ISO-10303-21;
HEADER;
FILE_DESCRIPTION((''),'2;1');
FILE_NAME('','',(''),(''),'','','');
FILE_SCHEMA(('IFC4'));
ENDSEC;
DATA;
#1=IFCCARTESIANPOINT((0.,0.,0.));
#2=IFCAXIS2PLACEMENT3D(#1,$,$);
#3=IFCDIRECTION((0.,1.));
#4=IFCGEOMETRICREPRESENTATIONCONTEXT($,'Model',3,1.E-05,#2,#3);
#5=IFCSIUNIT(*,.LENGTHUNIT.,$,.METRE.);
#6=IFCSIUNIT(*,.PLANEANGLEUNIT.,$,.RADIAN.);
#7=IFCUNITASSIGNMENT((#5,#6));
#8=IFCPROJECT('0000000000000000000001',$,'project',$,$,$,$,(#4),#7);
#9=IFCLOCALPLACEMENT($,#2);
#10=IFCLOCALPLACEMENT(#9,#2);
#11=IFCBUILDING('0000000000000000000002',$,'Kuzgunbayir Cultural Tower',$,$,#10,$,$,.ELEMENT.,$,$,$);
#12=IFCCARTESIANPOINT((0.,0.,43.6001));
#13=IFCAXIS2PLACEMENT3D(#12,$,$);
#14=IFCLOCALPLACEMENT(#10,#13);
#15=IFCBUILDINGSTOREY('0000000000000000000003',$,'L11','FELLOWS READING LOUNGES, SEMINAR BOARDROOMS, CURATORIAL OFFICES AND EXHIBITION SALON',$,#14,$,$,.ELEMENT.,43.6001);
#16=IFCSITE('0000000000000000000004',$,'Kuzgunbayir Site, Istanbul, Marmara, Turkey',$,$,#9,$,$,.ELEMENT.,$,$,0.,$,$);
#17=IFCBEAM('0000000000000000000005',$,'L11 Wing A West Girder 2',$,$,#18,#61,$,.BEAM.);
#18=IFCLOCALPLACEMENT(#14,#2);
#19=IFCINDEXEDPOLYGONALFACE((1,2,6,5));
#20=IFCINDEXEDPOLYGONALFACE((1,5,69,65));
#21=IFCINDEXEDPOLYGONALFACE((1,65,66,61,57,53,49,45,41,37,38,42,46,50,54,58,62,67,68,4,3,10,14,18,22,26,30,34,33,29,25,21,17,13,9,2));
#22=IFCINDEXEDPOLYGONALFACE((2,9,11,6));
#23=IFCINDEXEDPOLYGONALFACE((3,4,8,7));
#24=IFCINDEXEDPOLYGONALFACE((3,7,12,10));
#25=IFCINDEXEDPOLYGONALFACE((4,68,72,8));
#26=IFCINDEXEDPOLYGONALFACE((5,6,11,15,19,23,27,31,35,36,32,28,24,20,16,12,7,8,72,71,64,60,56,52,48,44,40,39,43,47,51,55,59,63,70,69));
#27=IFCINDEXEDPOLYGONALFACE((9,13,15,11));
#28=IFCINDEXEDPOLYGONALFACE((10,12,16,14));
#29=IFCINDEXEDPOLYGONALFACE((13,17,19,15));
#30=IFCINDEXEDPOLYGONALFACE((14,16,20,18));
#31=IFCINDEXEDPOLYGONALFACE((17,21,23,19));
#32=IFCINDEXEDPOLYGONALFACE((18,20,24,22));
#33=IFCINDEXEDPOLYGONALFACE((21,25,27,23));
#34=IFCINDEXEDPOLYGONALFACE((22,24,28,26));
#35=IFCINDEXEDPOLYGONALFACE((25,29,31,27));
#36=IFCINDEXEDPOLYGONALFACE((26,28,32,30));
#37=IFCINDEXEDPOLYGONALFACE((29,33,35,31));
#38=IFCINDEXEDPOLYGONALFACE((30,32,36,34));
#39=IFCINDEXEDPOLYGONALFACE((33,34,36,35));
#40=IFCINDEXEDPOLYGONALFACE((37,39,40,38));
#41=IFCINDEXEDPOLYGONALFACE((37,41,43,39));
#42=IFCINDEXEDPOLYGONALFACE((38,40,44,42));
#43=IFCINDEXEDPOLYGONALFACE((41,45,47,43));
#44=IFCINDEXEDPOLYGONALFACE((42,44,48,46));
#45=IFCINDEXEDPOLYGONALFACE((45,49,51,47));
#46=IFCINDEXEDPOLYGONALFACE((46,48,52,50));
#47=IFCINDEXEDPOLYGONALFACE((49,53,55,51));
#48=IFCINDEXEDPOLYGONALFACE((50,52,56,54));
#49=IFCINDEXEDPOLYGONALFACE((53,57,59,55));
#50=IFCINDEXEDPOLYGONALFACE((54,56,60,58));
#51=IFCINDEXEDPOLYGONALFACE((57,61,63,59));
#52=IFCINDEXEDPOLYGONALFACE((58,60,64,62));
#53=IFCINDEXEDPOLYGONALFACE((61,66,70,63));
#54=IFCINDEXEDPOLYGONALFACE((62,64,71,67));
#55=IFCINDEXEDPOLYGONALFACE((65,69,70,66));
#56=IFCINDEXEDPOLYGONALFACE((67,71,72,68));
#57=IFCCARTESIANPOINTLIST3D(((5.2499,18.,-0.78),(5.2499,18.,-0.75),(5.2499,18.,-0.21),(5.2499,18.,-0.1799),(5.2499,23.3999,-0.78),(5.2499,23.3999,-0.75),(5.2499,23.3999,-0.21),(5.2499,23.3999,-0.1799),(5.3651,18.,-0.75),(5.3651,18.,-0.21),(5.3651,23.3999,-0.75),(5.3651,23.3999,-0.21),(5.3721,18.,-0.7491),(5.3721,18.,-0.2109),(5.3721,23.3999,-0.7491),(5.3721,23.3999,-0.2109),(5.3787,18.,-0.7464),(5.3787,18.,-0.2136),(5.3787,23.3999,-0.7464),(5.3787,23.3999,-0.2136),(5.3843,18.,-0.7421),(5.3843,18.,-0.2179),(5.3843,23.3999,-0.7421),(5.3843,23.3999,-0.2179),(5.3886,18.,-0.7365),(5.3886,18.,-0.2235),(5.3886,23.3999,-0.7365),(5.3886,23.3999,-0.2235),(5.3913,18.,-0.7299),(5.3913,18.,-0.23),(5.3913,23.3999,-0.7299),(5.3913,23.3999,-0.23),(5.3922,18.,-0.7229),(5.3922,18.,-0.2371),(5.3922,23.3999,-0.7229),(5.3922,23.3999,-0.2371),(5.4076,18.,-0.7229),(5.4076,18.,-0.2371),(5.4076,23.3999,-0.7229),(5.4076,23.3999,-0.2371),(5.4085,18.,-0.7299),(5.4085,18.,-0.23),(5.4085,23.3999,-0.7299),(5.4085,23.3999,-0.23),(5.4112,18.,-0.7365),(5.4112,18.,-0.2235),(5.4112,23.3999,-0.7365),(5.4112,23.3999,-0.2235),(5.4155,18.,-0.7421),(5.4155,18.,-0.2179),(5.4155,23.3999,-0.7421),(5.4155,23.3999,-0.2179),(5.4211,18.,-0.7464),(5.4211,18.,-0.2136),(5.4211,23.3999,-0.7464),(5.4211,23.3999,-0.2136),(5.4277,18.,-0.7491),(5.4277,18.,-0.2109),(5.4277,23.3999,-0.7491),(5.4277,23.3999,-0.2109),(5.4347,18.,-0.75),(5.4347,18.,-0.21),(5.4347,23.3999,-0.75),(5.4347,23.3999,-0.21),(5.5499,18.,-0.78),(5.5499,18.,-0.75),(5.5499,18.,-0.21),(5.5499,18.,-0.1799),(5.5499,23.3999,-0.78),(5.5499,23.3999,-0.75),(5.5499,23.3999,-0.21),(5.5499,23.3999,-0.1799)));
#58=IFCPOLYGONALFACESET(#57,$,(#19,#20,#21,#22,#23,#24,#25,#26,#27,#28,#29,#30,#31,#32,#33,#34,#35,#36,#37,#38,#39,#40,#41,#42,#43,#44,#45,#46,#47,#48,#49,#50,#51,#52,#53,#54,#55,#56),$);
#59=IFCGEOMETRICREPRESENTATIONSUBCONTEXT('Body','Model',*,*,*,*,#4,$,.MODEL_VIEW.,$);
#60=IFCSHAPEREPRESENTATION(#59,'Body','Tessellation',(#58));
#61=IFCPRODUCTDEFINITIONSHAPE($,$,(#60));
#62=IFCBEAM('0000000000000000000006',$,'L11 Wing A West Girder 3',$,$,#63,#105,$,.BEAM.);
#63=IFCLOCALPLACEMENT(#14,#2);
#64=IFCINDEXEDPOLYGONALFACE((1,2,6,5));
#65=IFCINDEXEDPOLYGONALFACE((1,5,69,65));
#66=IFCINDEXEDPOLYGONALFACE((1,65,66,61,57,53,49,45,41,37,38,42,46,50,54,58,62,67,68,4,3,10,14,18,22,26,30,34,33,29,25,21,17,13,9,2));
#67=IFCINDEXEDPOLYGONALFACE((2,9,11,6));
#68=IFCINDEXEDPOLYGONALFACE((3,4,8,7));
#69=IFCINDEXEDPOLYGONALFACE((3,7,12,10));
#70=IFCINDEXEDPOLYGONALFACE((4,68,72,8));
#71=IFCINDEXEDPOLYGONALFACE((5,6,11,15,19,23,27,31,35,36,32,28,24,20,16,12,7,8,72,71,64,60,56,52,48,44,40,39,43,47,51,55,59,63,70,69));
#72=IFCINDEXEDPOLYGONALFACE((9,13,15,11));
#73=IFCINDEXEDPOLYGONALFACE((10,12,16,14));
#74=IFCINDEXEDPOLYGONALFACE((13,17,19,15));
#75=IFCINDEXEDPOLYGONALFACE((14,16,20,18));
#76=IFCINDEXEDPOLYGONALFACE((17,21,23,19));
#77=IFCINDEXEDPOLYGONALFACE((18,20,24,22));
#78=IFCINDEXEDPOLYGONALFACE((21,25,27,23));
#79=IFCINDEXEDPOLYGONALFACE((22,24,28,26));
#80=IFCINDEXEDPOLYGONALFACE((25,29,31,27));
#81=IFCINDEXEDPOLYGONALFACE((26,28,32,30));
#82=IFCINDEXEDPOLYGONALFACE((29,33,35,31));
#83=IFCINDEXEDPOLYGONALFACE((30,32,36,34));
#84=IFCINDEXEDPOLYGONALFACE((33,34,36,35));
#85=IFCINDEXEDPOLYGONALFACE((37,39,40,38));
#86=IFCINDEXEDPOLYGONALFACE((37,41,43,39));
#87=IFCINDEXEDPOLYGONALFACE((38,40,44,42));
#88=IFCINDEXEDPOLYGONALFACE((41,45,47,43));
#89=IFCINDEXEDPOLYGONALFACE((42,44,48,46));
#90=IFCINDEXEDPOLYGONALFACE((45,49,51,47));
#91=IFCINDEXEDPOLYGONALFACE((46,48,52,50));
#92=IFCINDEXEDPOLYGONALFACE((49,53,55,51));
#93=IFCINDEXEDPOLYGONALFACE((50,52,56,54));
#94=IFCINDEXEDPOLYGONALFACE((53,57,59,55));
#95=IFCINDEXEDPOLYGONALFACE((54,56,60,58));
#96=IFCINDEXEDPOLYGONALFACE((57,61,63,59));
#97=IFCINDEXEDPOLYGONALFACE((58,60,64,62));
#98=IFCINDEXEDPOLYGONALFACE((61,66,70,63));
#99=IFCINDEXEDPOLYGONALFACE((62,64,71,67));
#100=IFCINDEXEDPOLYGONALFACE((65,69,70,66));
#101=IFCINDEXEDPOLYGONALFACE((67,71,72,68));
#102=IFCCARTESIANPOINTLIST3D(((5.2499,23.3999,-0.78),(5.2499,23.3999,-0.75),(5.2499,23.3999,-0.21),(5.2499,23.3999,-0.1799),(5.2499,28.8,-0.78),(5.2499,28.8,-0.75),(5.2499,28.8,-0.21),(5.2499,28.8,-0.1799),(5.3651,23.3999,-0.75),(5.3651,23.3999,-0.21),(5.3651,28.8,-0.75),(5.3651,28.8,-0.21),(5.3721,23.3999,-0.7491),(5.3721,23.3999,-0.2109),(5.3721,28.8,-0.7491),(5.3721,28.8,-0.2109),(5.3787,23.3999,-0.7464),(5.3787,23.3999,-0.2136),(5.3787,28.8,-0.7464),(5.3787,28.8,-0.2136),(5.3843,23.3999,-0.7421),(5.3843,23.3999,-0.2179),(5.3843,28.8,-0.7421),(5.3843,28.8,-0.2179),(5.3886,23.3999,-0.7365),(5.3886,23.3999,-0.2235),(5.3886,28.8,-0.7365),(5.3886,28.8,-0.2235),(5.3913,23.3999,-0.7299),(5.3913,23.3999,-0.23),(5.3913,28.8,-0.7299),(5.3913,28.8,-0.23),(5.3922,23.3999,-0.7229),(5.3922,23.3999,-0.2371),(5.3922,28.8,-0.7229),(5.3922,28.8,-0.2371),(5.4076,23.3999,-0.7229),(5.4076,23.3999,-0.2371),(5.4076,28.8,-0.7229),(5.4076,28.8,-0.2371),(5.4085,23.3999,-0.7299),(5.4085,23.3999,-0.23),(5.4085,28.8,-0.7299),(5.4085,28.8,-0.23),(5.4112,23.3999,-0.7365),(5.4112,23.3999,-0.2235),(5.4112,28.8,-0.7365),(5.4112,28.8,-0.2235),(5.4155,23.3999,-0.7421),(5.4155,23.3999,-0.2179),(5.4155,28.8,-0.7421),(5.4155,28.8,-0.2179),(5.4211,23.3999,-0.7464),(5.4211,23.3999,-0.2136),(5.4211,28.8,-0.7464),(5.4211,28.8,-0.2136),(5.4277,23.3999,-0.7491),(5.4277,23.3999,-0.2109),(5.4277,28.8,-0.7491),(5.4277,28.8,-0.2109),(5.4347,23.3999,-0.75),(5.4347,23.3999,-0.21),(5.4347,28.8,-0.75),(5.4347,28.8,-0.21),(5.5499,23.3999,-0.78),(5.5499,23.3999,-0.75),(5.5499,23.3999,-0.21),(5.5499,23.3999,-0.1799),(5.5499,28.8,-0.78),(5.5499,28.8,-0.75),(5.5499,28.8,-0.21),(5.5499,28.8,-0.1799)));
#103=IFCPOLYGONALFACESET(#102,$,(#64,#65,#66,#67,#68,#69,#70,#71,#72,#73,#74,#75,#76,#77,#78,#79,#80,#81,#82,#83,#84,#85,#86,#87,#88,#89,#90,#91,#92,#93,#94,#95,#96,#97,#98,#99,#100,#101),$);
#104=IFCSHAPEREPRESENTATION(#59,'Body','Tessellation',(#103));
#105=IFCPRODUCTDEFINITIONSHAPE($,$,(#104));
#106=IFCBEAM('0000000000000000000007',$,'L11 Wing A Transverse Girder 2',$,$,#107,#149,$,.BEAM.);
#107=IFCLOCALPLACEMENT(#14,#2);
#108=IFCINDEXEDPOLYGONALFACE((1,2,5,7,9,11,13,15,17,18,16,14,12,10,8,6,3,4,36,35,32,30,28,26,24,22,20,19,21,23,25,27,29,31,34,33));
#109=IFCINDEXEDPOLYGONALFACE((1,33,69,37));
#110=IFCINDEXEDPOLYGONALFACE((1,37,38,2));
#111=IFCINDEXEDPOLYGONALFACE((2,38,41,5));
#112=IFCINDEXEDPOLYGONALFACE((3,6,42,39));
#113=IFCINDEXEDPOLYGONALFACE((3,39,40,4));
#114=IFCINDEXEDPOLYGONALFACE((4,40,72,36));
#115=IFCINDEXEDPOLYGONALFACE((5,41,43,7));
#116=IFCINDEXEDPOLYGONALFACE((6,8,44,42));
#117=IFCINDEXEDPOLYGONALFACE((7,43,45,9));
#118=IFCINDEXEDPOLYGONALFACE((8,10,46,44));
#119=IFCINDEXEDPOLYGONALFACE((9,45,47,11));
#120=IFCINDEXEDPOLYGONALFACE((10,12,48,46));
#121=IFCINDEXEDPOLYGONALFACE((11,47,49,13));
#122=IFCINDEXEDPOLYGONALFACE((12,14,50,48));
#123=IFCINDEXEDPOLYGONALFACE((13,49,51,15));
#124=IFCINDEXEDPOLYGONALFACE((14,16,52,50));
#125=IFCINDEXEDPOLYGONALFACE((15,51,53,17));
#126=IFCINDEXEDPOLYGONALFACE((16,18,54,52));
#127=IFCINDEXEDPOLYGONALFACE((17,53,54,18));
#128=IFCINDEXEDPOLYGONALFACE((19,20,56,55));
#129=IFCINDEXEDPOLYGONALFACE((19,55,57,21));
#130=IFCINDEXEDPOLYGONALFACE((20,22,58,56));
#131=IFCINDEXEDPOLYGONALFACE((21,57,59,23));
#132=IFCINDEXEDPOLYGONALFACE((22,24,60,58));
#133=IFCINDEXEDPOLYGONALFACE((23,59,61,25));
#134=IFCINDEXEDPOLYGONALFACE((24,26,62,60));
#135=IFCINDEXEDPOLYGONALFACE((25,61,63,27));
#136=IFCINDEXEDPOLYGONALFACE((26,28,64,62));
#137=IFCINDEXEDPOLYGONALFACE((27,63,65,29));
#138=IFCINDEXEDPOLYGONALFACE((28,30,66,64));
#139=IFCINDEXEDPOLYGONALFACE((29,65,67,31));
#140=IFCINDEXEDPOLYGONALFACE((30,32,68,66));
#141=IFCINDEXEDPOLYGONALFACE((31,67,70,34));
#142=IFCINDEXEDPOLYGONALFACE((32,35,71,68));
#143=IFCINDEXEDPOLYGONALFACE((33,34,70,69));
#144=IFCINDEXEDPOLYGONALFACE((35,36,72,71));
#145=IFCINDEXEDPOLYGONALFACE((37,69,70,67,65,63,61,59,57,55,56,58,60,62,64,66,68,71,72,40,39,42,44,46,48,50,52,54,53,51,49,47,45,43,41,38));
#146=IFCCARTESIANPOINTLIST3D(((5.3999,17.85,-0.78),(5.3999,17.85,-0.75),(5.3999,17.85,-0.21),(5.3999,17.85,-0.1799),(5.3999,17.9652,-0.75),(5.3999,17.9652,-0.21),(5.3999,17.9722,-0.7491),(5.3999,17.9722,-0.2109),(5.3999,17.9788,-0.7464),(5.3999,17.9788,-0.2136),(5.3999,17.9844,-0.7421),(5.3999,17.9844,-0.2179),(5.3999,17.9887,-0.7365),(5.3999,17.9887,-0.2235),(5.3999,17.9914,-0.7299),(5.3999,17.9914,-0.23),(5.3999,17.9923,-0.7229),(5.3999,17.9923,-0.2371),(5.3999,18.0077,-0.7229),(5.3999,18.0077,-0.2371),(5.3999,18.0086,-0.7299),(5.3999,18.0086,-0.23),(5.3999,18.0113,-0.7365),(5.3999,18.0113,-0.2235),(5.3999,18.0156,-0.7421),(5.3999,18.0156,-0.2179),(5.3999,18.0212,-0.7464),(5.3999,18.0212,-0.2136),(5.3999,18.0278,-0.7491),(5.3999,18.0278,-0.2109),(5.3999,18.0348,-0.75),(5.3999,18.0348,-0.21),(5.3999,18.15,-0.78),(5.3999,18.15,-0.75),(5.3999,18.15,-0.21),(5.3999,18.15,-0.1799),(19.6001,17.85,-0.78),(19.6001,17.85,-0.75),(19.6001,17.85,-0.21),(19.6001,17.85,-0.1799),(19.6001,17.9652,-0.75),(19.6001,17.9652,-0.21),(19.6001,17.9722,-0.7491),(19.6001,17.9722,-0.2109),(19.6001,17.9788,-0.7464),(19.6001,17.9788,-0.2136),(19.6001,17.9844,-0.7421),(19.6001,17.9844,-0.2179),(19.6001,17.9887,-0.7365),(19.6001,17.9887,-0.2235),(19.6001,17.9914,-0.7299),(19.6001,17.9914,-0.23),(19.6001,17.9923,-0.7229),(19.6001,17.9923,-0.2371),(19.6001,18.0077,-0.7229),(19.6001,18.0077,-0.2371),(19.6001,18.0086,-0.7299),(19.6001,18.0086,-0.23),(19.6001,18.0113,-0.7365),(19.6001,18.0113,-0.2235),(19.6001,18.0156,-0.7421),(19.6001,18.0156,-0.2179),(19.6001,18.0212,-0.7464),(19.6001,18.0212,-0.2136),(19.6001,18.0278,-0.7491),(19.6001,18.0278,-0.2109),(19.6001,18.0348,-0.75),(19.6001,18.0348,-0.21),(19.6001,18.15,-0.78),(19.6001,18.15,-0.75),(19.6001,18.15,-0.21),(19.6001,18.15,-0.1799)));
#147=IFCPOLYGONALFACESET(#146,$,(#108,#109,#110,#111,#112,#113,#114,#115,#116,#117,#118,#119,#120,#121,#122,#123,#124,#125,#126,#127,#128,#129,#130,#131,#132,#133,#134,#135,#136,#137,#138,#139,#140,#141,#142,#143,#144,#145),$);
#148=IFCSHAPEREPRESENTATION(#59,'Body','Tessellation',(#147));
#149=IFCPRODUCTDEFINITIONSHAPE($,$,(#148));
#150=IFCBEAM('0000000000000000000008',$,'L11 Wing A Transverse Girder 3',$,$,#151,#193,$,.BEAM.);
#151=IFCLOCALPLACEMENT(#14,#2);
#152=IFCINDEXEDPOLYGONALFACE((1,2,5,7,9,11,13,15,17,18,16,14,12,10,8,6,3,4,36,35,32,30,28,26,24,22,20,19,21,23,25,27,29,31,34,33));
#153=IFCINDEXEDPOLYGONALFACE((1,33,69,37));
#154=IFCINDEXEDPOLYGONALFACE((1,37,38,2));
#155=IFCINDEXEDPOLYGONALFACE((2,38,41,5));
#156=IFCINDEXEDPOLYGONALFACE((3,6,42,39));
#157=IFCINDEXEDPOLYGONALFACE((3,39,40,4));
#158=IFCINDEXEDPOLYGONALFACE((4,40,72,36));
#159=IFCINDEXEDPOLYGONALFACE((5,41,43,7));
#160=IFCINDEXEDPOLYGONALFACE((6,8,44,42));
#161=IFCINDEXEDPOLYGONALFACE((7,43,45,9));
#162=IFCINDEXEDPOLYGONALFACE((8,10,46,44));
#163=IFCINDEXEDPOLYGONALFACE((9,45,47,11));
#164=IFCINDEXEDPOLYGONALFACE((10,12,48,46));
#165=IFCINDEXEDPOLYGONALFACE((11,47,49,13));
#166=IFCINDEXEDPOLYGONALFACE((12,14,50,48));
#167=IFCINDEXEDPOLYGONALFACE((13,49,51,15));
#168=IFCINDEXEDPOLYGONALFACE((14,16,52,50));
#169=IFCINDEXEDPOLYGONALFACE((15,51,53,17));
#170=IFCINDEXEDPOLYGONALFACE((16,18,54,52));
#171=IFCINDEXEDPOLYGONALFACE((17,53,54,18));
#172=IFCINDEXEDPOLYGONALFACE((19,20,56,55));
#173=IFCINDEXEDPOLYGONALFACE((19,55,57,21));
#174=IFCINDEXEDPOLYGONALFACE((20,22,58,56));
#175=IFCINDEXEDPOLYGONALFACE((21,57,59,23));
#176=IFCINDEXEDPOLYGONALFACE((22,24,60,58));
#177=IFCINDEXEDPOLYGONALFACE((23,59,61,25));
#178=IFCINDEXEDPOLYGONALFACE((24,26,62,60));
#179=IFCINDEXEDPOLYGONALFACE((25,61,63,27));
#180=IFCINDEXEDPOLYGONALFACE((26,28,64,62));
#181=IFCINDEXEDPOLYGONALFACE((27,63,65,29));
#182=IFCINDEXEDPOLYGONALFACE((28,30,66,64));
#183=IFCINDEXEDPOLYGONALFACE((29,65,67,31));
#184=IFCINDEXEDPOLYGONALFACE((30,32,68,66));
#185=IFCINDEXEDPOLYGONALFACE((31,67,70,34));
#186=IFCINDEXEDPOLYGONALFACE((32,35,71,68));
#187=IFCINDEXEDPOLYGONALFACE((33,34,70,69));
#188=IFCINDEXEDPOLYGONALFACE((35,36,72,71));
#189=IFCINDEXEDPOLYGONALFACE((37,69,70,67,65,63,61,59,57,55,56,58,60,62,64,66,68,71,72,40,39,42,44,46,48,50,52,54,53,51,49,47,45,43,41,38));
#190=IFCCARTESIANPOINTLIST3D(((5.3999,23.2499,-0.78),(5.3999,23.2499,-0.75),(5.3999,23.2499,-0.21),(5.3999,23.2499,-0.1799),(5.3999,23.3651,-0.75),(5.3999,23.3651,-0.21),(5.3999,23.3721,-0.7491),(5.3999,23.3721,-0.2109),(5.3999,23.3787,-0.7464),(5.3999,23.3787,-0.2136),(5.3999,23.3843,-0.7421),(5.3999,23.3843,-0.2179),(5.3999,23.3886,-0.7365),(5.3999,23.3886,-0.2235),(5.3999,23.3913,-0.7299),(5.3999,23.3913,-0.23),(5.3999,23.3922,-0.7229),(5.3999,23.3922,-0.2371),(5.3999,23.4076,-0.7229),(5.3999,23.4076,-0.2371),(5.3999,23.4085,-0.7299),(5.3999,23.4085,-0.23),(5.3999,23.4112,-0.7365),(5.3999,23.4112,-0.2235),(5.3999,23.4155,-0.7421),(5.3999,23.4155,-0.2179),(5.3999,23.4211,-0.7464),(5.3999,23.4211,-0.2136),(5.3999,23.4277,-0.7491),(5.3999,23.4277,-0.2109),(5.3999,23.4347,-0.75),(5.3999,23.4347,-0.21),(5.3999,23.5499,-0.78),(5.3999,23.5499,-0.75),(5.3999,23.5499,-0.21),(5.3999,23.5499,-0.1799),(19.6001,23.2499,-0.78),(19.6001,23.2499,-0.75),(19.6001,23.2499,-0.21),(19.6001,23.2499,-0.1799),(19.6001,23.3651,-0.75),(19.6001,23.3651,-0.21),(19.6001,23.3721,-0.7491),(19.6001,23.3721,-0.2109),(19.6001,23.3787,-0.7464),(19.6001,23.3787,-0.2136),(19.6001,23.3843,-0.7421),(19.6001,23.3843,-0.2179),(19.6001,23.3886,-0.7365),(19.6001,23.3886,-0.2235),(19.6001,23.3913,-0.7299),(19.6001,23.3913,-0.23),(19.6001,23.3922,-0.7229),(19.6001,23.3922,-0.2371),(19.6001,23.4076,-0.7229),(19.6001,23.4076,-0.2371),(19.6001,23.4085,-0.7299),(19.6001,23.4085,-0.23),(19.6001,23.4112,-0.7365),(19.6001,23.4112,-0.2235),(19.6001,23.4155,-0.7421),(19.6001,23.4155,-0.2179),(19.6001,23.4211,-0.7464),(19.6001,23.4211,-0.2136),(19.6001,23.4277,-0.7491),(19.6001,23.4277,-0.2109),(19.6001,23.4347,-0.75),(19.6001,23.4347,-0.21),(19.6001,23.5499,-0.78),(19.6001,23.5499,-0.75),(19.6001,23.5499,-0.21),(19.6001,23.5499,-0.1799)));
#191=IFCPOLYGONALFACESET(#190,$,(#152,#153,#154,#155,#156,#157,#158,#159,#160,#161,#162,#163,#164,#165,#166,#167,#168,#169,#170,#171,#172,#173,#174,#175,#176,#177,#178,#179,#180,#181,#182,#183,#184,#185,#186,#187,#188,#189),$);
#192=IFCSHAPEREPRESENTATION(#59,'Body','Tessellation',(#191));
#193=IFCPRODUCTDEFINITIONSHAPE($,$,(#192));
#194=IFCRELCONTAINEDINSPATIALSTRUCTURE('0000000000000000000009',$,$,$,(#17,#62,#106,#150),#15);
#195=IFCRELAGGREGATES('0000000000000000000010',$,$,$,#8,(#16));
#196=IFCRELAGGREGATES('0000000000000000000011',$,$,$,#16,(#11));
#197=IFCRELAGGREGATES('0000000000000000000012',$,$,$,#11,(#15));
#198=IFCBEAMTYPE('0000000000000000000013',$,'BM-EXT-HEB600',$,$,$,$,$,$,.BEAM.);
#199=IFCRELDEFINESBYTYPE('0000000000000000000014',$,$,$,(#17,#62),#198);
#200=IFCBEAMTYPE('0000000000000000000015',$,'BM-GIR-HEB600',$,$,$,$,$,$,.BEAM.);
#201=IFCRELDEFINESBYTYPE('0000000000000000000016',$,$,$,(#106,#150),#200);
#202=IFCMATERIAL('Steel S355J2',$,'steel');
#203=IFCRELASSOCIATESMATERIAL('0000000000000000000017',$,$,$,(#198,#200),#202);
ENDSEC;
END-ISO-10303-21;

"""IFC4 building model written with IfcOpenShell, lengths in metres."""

from ifc_helpers import new_model, si_unit, direction, frame, origin, origin_2d, place, context, subcontext, project, spatial, i_section, extrude, material, material_profile, profile_set, type_object, element, save


model = new_model("IFC4")

# Units and contexts
model_context = context("Model", 3, precision=1e-05, world=origin(), true_north=direction((0.0, 1.0)))
body_context = subcontext(model_context, "Body", "Model", "MODEL_VIEW")
ifc_project = project(units=[si_unit("LENGTHUNIT", "METRE"), si_unit("PLANEANGLEUNIT", "RADIAN")], contexts=[model_context])

# Site, building, storey
site_placement = place(None, origin())
site = spatial("IfcSite", under=ifc_project, at=site_placement, Name="Kuzgunbayir Site, Istanbul, Marmara, Turkey", CompositionType="ELEMENT", RefElevation=0.0)
building_placement = place(site_placement, origin())
building = spatial("IfcBuilding", under=site, at=building_placement, Name="Kuzgunbayir Cultural Tower", CompositionType="ELEMENT")
storey_placement = place(building_placement, frame((0.0, 0.0, 43.6001)))
storey = spatial("IfcBuildingStorey", under=building, at=storey_placement, Name="L11", Description="FELLOWS READING LOUNGES, SEMINAR BOARDROOMS, CURATORIAL OFFICES AND EXHIBITION SALON", CompositionType="ELEMENT", Elevation=43.6001)

# Beams
ifc_material_1 = material(Name="Steel S355J2", Category="steel")
ifc_material_profile_1 = material_profile(ifc_material_1, i_section(OverallWidth=0.3, OverallDepth=0.6001, WebThickness=0.0154, FlangeThickness=0.03, FilletRadius=0.0271, at=origin_2d()), Name="HEB 600")
ifc_profile_set_1 = profile_set([ifc_material_profile_1], Name="Steel S355J2")
beam_type_1 = type_object("IfcBeamType", Name="BM-EXT-HEB600", PredefinedType="BEAM", material=ifc_profile_set_1)
beam_1_placement = place(storey_placement, frame((5.3999, 18.0, -0.48), z_axis=(0.0, 1.0, 0.0), x_axis=(-1.0, 0.0, 0.0)))
element("IfcBeam", 1, at=beam_1_placement, inside=storey, type_object=beam_type_1, Name="L11 Wing A West Girder 2", PredefinedType="BEAM", context=body_context, shape_type="SweptSolid", body=[
    extrude(i_section(OverallWidth=0.3, OverallDepth=0.6001, WebThickness=0.0154, FlangeThickness=0.03, FilletRadius=0.0271, at=origin_2d()), origin(), (0.0, 0.0, 1.0), 5.3999),
])
beam_2_placement = place(storey_placement, frame((5.3999, 23.3999, -0.48), z_axis=(0.0, 1.0, 0.0), x_axis=(-1.0, 0.0, 0.0)))
element("IfcBeam", 2, at=beam_2_placement, inside=storey, type_object=beam_type_1, Name="L11 Wing A West Girder 3", PredefinedType="BEAM", context=body_context, shape_type="SweptSolid", body=[
    extrude(i_section(OverallWidth=0.3, OverallDepth=0.6001, WebThickness=0.0154, FlangeThickness=0.03, FilletRadius=0.0271, at=origin_2d()), origin(), (0.0, 0.0, 1.0), 5.4001),
])
ifc_material_profile_2 = material_profile(ifc_material_1, i_section(OverallWidth=0.3, OverallDepth=0.6001, WebThickness=0.0154, FlangeThickness=0.03, FilletRadius=0.0271, at=origin_2d()), Name="HEB 600")
ifc_profile_set_2 = profile_set([ifc_material_profile_2], Name="Steel S355J2")
beam_type_2 = type_object("IfcBeamType", Name="BM-GIR-HEB600", PredefinedType="BEAM", material=ifc_profile_set_2)
for number, where, z_axis, x_axis, name in (
    (3, (5.3999, 18.0, -0.48), (1.0, 0.0, 0.0), (0.0, 1.0, 0.0), "L11 Wing A Transverse Girder 2"),
    (4, (5.3999, 23.3999, -0.48), (1.0, 0.0, 0.0), (0.0, 1.0, 0.0), "L11 Wing A Transverse Girder 3"),
):
    element("IfcBeam", number, at=place(storey_placement, frame(where, z_axis=z_axis, x_axis=x_axis)), inside=storey, type_object=beam_type_2, Name=name, PredefinedType="BEAM", context=body_context, shape_type="SweptSolid", body=[
        extrude(i_section(OverallWidth=0.3, OverallDepth=0.6001, WebThickness=0.0154, FlangeThickness=0.03, FilletRadius=0.0271, at=origin_2d()), origin(), (0.0, 0.0, 1.0), 14.2002),
    ])

save(model, "model.ifc")
